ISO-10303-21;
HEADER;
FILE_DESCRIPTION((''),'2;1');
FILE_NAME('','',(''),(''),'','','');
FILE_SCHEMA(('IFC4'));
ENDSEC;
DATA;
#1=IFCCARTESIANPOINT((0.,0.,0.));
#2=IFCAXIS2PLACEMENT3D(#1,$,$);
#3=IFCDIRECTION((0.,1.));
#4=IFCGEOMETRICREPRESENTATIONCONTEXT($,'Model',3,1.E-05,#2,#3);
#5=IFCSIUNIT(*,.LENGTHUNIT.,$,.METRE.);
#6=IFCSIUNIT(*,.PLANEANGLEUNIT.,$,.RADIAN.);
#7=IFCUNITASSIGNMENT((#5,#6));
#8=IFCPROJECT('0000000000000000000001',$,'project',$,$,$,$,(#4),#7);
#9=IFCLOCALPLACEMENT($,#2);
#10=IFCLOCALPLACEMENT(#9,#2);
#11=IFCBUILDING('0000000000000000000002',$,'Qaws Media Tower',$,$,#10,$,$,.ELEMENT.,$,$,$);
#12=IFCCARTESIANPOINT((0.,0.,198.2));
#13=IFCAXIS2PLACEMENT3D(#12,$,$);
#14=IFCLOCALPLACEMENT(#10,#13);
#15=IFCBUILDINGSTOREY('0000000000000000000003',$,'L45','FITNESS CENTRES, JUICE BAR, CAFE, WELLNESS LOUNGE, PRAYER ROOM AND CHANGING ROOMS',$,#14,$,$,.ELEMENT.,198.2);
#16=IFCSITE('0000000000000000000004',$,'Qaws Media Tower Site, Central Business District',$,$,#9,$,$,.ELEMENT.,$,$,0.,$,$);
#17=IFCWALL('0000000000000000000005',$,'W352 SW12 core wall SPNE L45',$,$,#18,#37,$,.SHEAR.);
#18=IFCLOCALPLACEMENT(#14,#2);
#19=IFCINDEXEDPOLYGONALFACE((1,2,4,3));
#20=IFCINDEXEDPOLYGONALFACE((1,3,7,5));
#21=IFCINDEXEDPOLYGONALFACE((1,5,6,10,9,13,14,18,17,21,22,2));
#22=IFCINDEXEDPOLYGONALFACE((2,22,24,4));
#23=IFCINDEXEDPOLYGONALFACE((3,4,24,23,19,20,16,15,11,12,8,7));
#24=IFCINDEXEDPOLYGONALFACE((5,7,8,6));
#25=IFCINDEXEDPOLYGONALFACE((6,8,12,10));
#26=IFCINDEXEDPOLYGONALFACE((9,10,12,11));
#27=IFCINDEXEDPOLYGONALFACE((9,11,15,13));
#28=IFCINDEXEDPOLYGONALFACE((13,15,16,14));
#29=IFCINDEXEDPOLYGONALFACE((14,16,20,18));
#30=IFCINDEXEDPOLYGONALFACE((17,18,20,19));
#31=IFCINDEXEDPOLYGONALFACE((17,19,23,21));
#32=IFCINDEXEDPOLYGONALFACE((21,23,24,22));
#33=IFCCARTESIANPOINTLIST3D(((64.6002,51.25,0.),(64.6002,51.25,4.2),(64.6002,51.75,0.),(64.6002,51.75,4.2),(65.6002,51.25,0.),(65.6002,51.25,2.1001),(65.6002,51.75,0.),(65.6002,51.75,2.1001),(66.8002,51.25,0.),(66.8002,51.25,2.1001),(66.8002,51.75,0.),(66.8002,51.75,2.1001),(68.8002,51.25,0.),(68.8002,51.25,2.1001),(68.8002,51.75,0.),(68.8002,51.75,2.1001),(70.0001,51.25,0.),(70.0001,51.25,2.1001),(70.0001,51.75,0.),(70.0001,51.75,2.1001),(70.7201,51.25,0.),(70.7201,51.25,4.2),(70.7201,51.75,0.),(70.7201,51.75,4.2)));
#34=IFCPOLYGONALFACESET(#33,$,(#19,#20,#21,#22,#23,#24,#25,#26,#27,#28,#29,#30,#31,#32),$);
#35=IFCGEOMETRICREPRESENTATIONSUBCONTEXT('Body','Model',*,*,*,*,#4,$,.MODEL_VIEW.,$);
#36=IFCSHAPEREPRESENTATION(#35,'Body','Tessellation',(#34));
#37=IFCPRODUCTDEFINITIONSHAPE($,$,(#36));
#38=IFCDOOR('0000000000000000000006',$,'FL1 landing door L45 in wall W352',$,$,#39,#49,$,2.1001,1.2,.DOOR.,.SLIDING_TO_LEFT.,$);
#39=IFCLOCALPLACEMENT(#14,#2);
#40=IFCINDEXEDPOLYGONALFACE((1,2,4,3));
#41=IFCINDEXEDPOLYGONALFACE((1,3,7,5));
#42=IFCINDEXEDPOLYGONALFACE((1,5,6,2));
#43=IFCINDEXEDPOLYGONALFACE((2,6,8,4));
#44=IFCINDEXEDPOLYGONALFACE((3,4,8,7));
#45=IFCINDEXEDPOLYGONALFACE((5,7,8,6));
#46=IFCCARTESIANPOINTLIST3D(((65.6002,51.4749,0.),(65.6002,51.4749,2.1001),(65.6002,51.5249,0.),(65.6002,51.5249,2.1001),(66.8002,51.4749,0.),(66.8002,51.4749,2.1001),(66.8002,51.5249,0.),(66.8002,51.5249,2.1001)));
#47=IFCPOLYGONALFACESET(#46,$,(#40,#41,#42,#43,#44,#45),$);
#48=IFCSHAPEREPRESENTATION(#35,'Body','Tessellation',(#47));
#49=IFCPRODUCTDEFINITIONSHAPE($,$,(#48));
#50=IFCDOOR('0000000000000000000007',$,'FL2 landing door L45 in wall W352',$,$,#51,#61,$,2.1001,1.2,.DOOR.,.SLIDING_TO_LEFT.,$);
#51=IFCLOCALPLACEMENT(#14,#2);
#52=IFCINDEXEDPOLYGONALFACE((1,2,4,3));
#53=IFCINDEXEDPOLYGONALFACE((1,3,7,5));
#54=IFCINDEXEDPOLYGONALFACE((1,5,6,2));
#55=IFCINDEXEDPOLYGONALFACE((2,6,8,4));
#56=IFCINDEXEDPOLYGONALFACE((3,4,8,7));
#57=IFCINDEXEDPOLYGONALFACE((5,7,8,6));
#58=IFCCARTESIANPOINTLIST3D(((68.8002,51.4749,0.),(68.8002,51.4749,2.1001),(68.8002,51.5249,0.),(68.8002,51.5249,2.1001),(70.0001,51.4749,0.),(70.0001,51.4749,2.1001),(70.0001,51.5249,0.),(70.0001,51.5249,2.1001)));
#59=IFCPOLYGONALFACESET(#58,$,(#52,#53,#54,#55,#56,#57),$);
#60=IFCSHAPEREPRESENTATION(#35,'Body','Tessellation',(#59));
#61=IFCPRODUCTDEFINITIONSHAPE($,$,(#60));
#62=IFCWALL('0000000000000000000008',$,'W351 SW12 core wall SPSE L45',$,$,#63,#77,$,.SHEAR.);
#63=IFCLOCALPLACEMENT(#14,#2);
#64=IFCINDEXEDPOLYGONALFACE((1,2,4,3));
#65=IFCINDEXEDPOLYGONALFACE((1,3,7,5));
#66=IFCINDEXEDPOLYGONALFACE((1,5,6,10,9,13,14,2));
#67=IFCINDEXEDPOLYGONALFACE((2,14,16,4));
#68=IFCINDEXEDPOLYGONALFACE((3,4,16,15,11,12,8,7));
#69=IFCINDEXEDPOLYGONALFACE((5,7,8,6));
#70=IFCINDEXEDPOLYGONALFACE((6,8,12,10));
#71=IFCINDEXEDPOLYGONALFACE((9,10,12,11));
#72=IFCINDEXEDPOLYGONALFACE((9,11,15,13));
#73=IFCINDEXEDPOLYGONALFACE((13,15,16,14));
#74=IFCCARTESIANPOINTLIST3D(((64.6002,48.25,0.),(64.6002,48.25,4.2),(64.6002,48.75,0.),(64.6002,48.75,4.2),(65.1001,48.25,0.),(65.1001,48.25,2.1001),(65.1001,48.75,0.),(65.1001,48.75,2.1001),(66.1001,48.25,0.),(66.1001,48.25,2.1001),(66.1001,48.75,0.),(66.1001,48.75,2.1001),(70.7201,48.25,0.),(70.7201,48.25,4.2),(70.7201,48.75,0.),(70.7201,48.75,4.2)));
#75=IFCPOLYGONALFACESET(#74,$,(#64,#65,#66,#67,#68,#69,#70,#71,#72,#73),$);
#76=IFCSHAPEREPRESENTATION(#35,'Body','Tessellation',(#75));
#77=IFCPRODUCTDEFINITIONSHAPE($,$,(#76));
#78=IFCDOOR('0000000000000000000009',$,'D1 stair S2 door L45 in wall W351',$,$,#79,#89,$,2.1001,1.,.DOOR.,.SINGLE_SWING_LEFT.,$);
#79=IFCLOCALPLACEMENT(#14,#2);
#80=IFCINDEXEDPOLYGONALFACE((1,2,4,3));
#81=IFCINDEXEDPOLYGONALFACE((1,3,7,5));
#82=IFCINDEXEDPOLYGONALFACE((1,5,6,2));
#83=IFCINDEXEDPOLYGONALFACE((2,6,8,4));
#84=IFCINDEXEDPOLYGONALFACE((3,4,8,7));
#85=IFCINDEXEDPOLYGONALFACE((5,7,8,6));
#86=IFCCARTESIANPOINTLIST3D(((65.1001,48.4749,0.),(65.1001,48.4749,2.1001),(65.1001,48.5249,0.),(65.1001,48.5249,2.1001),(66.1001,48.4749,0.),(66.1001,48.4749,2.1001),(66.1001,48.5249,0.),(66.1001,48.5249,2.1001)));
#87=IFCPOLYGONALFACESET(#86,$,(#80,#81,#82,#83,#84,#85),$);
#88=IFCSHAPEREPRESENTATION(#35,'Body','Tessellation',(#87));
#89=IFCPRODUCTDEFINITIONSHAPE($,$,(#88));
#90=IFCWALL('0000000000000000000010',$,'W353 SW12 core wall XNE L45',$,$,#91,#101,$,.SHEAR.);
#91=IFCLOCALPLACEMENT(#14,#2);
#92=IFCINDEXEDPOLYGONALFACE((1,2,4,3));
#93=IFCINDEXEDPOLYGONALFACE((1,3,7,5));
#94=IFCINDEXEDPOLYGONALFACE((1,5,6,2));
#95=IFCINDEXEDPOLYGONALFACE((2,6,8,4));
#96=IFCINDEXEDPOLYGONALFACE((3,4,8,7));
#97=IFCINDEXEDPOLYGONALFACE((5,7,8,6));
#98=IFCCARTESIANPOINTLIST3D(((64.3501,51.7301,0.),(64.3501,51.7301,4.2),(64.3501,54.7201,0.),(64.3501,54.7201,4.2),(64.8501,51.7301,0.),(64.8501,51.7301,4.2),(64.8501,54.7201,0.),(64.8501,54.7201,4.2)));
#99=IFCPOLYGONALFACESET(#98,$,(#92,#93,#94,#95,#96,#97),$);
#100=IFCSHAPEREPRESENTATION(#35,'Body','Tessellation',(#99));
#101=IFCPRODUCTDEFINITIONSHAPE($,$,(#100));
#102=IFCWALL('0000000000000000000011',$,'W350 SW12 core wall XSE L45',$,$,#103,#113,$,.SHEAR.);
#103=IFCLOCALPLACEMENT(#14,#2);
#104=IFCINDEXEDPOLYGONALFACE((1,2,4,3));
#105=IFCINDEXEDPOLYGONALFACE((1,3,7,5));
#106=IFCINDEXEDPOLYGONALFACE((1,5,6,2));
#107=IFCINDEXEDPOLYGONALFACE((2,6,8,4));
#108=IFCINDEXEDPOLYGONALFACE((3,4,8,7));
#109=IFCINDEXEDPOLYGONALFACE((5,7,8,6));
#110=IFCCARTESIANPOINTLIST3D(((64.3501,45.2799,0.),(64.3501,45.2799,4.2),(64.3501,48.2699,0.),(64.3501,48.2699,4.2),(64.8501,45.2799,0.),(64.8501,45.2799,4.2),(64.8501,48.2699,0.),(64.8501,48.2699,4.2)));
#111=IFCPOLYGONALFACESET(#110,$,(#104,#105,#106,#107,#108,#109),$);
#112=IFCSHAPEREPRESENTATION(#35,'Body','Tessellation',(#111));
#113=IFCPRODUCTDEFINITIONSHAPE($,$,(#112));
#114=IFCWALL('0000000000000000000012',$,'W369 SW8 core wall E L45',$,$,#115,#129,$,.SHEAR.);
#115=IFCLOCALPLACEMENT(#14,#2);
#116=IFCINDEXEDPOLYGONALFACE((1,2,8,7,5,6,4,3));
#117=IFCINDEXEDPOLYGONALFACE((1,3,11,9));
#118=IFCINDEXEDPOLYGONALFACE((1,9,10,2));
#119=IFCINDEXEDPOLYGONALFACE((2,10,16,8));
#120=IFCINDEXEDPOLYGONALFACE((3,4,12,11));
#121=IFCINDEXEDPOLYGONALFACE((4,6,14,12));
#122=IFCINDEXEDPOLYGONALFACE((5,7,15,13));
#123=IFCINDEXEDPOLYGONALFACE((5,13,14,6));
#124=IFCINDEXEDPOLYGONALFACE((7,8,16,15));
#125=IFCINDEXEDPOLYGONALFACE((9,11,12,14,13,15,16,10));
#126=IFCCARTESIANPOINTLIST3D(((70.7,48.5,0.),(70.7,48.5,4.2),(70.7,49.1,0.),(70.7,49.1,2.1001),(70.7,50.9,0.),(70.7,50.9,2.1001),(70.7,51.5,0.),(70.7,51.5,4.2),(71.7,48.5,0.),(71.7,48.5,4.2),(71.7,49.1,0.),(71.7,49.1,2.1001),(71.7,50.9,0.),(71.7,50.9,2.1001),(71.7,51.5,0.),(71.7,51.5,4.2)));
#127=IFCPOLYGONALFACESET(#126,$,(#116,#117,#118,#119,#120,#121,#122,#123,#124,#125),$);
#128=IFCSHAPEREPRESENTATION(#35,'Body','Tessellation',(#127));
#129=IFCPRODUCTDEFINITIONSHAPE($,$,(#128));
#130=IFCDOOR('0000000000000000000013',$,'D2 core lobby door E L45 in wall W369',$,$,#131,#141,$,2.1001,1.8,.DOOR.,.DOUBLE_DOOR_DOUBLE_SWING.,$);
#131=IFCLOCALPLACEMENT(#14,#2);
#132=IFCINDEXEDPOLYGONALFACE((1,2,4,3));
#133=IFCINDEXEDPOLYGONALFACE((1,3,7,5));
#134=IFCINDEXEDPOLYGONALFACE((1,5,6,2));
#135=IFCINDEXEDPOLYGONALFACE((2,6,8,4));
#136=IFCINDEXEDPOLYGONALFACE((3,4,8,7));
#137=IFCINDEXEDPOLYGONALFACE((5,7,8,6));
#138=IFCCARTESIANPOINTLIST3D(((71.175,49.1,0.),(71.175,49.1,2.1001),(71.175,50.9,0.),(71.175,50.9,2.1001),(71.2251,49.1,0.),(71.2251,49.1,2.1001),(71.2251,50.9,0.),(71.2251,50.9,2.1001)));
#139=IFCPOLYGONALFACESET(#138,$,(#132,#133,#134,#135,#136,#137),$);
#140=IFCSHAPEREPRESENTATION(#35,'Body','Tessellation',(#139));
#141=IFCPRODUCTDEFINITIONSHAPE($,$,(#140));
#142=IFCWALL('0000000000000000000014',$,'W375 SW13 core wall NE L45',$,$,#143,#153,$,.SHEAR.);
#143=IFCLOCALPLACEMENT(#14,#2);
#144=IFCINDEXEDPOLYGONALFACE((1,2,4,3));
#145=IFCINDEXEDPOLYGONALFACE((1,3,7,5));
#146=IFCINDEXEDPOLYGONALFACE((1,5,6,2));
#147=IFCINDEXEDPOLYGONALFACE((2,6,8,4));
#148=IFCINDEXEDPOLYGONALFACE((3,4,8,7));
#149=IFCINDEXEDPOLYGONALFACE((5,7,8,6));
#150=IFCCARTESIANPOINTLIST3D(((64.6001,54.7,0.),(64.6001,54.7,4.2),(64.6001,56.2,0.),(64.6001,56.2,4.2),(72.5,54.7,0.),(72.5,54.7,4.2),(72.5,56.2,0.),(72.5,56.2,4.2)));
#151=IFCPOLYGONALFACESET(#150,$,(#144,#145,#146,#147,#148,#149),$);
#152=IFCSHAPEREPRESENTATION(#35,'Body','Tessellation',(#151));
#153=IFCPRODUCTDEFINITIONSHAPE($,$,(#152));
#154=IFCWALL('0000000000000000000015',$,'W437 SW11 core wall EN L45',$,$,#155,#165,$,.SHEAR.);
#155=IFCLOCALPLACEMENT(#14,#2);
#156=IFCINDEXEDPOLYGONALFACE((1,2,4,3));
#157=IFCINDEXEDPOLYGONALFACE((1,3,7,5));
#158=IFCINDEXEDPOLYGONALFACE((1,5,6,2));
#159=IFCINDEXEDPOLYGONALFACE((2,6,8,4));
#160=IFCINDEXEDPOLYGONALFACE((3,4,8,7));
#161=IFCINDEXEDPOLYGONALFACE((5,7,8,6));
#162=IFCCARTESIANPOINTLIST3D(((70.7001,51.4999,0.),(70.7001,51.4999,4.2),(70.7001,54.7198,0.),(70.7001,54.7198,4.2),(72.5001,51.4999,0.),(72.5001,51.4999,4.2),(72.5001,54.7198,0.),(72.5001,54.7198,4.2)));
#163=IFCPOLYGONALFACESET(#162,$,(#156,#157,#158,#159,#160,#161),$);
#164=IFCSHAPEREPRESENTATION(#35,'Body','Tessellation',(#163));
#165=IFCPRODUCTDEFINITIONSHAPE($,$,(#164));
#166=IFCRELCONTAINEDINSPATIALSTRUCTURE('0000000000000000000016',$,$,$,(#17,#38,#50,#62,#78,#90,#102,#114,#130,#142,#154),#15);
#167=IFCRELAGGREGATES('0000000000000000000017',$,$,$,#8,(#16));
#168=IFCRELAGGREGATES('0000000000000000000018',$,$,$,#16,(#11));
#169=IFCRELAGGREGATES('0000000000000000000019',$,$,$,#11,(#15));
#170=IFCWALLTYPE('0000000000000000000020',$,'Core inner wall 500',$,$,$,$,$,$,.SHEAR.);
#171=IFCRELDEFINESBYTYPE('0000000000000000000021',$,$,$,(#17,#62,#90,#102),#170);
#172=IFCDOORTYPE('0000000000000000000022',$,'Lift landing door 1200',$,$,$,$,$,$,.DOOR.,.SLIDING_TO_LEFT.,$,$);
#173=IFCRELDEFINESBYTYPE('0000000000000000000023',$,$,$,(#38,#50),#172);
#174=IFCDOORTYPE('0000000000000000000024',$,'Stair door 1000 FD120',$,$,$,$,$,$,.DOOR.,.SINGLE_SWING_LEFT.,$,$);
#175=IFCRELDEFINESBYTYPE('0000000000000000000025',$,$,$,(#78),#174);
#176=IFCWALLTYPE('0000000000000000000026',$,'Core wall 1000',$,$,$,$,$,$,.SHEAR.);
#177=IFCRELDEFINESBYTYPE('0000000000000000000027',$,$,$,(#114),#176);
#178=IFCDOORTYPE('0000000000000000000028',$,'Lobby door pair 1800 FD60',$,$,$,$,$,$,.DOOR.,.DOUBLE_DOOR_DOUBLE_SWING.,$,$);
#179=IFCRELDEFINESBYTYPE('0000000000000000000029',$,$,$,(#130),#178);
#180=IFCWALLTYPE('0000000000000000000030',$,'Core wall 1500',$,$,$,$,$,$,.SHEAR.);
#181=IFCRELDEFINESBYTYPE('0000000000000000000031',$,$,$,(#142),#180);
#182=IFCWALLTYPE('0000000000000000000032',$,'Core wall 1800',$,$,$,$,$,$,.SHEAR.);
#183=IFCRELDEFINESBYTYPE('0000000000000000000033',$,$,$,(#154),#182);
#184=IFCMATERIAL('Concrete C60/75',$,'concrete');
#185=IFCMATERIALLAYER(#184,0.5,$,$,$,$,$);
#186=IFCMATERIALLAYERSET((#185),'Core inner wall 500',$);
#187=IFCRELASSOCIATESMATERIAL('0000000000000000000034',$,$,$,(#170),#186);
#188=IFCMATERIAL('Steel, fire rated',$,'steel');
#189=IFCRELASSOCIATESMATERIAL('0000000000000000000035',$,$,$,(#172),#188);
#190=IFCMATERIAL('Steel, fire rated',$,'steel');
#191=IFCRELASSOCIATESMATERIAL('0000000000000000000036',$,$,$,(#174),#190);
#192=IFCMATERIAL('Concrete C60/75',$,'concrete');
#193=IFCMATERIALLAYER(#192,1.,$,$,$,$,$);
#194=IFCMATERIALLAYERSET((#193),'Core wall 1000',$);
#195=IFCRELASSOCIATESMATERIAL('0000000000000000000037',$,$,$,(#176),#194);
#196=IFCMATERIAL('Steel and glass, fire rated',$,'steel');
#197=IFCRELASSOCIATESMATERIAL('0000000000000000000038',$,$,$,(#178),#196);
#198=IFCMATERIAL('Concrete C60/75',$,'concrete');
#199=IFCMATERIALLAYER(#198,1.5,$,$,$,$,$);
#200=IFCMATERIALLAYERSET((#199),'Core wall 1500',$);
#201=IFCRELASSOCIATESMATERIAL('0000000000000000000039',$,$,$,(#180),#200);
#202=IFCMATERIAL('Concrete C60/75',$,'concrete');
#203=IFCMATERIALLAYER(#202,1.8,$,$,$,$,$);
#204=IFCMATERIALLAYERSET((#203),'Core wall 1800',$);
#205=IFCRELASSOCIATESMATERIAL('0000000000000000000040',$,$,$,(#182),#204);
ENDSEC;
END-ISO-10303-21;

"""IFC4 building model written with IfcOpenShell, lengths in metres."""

from ifc_helpers import new_model, si_unit, direction, frame, frame_2d, origin, place, context, subcontext, project, spatial, rectangle, extrude, material, layer, layer_set, type_object, element, fill, save


model = new_model("IFC4")

# Units and contexts
model_context = context("Model", 3, precision=1e-05, world=origin(), true_north=direction((0.0, 1.0)))
body_context = subcontext(model_context, "Body", "Model", "MODEL_VIEW")
ifc_project = project(units=[si_unit("LENGTHUNIT", "METRE"), si_unit("PLANEANGLEUNIT", "RADIAN")], contexts=[model_context])

# Site, building, storey
site_placement = place(None, origin())
site = spatial("IfcSite", under=ifc_project, at=site_placement, Name="Qaws Media Tower Site, Central Business District", CompositionType="ELEMENT", RefElevation=0.0)
building_placement = place(site_placement, origin())
building = spatial("IfcBuilding", under=site, at=building_placement, Name="Qaws Media Tower", CompositionType="ELEMENT")
storey_placement = place(building_placement, frame((0.0, 0.0, 198.2)))
storey = spatial("IfcBuildingStorey", under=building, at=storey_placement, Name="L45", Description="FITNESS CENTRES, JUICE BAR, CAFE, WELLNESS LOUNGE, PRAYER ROOM AND CHANGING ROOMS", CompositionType="ELEMENT", Elevation=198.2)

# Wall, openings, doors
ifc_material_1 = material(Name="Concrete C60/75", Category="concrete")
ifc_layer_1 = layer(ifc_material_1, 0.5)
ifc_layer_set_1 = layer_set([ifc_layer_1], Name="Core inner wall 500")
wall_type_1 = type_object("IfcWallType", Name="Core inner wall 500", PredefinedType="SHEAR", material=ifc_layer_set_1)
wall_1_placement = place(storey_placement, frame((64.6001, 51.5, 0.0), z_axis=(0.0, 0.0, 1.0), x_axis=(1.0, 0.0, 0.0)))
wall_1 = element("IfcWall", 1, at=wall_1_placement, inside=storey, type_object=wall_type_1, Name="W352 SW12 core wall SPNE L45", PredefinedType="SHEAR", context=body_context, shape_type="SweptSolid", body=[
    extrude(rectangle(XDim=6.1199, YDim=0.5, at=frame_2d((3.0601, 0.0))), origin(), (0.0, 0.0, 1.0), 4.2),
])
opening_1_placement = place(wall_1_placement, frame((1.0, 0.0, 0.0)))
opening_1 = element("IfcOpeningElement", 2, at=opening_1_placement, cuts=wall_1, PredefinedType="OPENING", context=body_context, shape_type="SweptSolid", body=[
    extrude(rectangle(XDim=1.2, YDim=2.1001, at=frame_2d((0.6001, 1.05))), frame((0.0, 0.26, 0.0), z_axis=(0.0, -1.0, 0.0), x_axis=(1.0, 0.0, 0.0)), (0.0, 0.0, 1.0), 0.52),
])
opening_2_placement = place(wall_1_placement, frame((4.2, 0.0, 0.0)))
opening_2 = element("IfcOpeningElement", 3, at=opening_2_placement, cuts=wall_1, PredefinedType="OPENING", context=body_context, shape_type="SweptSolid", body=[
    extrude(rectangle(XDim=1.2, YDim=2.1001, at=frame_2d((0.6001, 1.05))), frame((0.0, 0.26, 0.0), z_axis=(0.0, -1.0, 0.0), x_axis=(1.0, 0.0, 0.0)), (0.0, 0.0, 1.0), 0.52),
])
ifc_material_2 = material(Name="Steel, fire rated", Category="steel")
door_type_1 = type_object("IfcDoorType", Name="Lift landing door 1200", OperationType="SLIDING_TO_LEFT", PredefinedType="DOOR", material=ifc_material_2)
door_1_placement = place(opening_1_placement, origin())
door_1 = element("IfcDoor", 4, at=door_1_placement, inside=storey, type_object=door_type_1, Name="FL1 landing door L45 in wall W352", OperationType="SLIDING_TO_LEFT", OverallHeight=2.1001, OverallWidth=1.2, PredefinedType="DOOR", context=body_context, shape_type="SweptSolid", body=[
    extrude(rectangle(XDim=1.2, YDim=2.1001, at=frame_2d((0.6001, 1.05))), frame((0.0, 0.0249, 0.0), z_axis=(0.0, -1.0, 0.0), x_axis=(1.0, 0.0, 0.0)), (0.0, 0.0, 1.0), 0.05),
])
fill(opening_1, door_1)
door_2_placement = place(opening_2_placement, origin())
door_2 = element("IfcDoor", 5, at=door_2_placement, inside=storey, type_object=door_type_1, Name="FL2 landing door L45 in wall W352", OperationType="SLIDING_TO_LEFT", OverallHeight=2.1001, OverallWidth=1.2, PredefinedType="DOOR", context=body_context, shape_type="SweptSolid", body=[
    extrude(rectangle(XDim=1.2, YDim=2.1001, at=frame_2d((0.6001, 1.05))), frame((0.0, 0.0249, 0.0), z_axis=(0.0, -1.0, 0.0), x_axis=(1.0, 0.0, 0.0)), (0.0, 0.0, 1.0), 0.05),
])
fill(opening_2, door_2)

# Wall, opening, door
wall_2_placement = place(storey_placement, frame((64.6001, 48.5, 0.0), z_axis=(0.0, 0.0, 1.0), x_axis=(1.0, 0.0, 0.0)))
wall_2 = element("IfcWall", 6, at=wall_2_placement, inside=storey, type_object=wall_type_1, Name="W351 SW12 core wall SPSE L45", PredefinedType="SHEAR", context=body_context, shape_type="SweptSolid", body=[
    extrude(rectangle(XDim=6.1199, YDim=0.5, at=frame_2d((3.0601, 0.0))), origin(), (0.0, 0.0, 1.0), 4.2),
])
opening_3_placement = place(wall_2_placement, frame((0.5, 0.0, 0.0)))
opening_3 = element("IfcOpeningElement", 7, at=opening_3_placement, cuts=wall_2, PredefinedType="OPENING", context=body_context, shape_type="SweptSolid", body=[
    extrude(rectangle(XDim=1.0, YDim=2.1001, at=frame_2d((0.5, 1.05))), frame((0.0, 0.26, 0.0), z_axis=(0.0, -1.0, 0.0), x_axis=(1.0, 0.0, 0.0)), (0.0, 0.0, 1.0), 0.52),
])
ifc_material_3 = material(Name="Steel, fire rated", Category="steel")
door_type_2 = type_object("IfcDoorType", Name="Stair door 1000 FD120", OperationType="SINGLE_SWING_LEFT", PredefinedType="DOOR", material=ifc_material_3)
door_3_placement = place(opening_3_placement, origin())
door_3 = element("IfcDoor", 8, at=door_3_placement, inside=storey, type_object=door_type_2, Name="D1 stair S2 door L45 in wall W351", OperationType="SINGLE_SWING_LEFT", OverallHeight=2.1001, OverallWidth=1.0, PredefinedType="DOOR", context=body_context, shape_type="SweptSolid", body=[
    extrude(rectangle(XDim=1.0, YDim=2.1001, at=frame_2d((0.5, 1.05))), frame((0.0, 0.0249, 0.0), z_axis=(0.0, -1.0, 0.0), x_axis=(1.0, 0.0, 0.0)), (0.0, 0.0, 1.0), 0.05),
])
fill(opening_3, door_3)

# Walls
for number, where, z_axis, x_axis, name in (
    (9, (64.6001, 51.73, 0.0), (0.0, 0.0, 1.0), (0.0, 1.0, 0.0), "W353 SW12 core wall XNE L45"),
    (10, (64.6001, 48.27, 0.0), (0.0, 0.0, 1.0), (0.0, -1.0, 0.0), "W350 SW12 core wall XSE L45"),
):
    element("IfcWall", number, at=place(storey_placement, frame(where, z_axis=z_axis, x_axis=x_axis)), inside=storey, type_object=wall_type_1, Name=name, PredefinedType="SHEAR", context=body_context, shape_type="SweptSolid", body=[
        extrude(rectangle(XDim=2.99, YDim=0.5, at=frame_2d((1.4951, 0.0))), origin(), (0.0, 0.0, 1.0), 4.2),
    ])

# Wall, opening, door
ifc_material_4 = material(Name="Concrete C60/75", Category="concrete")
ifc_layer_2 = layer(ifc_material_4, 1.0)
ifc_layer_set_2 = layer_set([ifc_layer_2], Name="Core wall 1000")
wall_type_2 = type_object("IfcWallType", Name="Core wall 1000", PredefinedType="SHEAR", material=ifc_layer_set_2)
wall_3_placement = place(storey_placement, frame((71.2, 48.5, 0.0), z_axis=(0.0, 0.0, 1.0), x_axis=(0.0, 1.0, 0.0)))
wall_3 = element("IfcWall", 11, at=wall_3_placement, inside=storey, type_object=wall_type_2, Name="W369 SW8 core wall E L45", PredefinedType="SHEAR", context=body_context, shape_type="SweptSolid", body=[
    extrude(rectangle(XDim=3.0, YDim=1.0, at=frame_2d((1.5, 0.0))), origin(), (0.0, 0.0, 1.0), 4.2),
])
opening_4_placement = place(wall_3_placement, frame((0.6001, 0.0, 0.0)))
opening_4 = element("IfcOpeningElement", 12, at=opening_4_placement, cuts=wall_3, PredefinedType="OPENING", context=body_context, shape_type="SweptSolid", body=[
    extrude(rectangle(XDim=1.8, YDim=2.1001, at=frame_2d((0.8999, 1.05))), frame((0.0, 0.51, 0.0), z_axis=(0.0, -1.0, 0.0), x_axis=(1.0, 0.0, 0.0)), (0.0, 0.0, 1.0), 1.02),
])
ifc_material_5 = material(Name="Steel and glass, fire rated", Category="steel")
door_type_3 = type_object("IfcDoorType", Name="Lobby door pair 1800 FD60", OperationType="DOUBLE_DOOR_DOUBLE_SWING", PredefinedType="DOOR", material=ifc_material_5)
door_4_placement = place(opening_4_placement, origin())
door_4 = element("IfcDoor", 13, at=door_4_placement, inside=storey, type_object=door_type_3, Name="D2 core lobby door E L45 in wall W369", OperationType="DOUBLE_DOOR_DOUBLE_SWING", OverallHeight=2.1001, OverallWidth=1.8, PredefinedType="DOOR", context=body_context, shape_type="SweptSolid", body=[
    extrude(rectangle(XDim=1.8, YDim=2.1001, at=frame_2d((0.8999, 1.05))), frame((0.0, 0.0249, 0.0), z_axis=(0.0, -1.0, 0.0), x_axis=(1.0, 0.0, 0.0)), (0.0, 0.0, 1.0), 0.05),
])
fill(opening_4, door_4)

# Walls
ifc_material_6 = material(Name="Concrete C60/75", Category="concrete")
ifc_layer_3 = layer(ifc_material_6, 1.5)
ifc_layer_set_3 = layer_set([ifc_layer_3], Name="Core wall 1500")
wall_type_3 = type_object("IfcWallType", Name="Core wall 1500", PredefinedType="SHEAR", material=ifc_layer_set_3)
wall_4_placement = place(storey_placement, frame((64.6001, 55.45, 0.0), z_axis=(0.0, 0.0, 1.0), x_axis=(1.0, 0.0, 0.0)))
element("IfcWall", 14, at=wall_4_placement, inside=storey, type_object=wall_type_3, Name="W375 SW13 core wall NE L45", PredefinedType="SHEAR", context=body_context, shape_type="SweptSolid", body=[
    extrude(rectangle(XDim=7.8999, YDim=1.5, at=frame_2d((3.95, 0.0))), origin(), (0.0, 0.0, 1.0), 4.2),
])
ifc_material_7 = material(Name="Concrete C60/75", Category="concrete")
ifc_layer_4 = layer(ifc_material_7, 1.8)
ifc_layer_set_4 = layer_set([ifc_layer_4], Name="Core wall 1800")
wall_type_4 = type_object("IfcWallType", Name="Core wall 1800", PredefinedType="SHEAR", material=ifc_layer_set_4)
wall_5_placement = place(storey_placement, frame((71.6001, 51.5, 0.0), z_axis=(0.0, 0.0, 1.0), x_axis=(0.0, 1.0, 0.0)))
element("IfcWall", 15, at=wall_5_placement, inside=storey, type_object=wall_type_4, Name="W437 SW11 core wall EN L45", PredefinedType="SHEAR", context=body_context, shape_type="SweptSolid", body=[
    extrude(rectangle(XDim=3.22, YDim=1.8, at=frame_2d((1.6099, 0.0))), origin(), (0.0, 0.0, 1.0), 4.2),
])

save(model, "model.ifc")
